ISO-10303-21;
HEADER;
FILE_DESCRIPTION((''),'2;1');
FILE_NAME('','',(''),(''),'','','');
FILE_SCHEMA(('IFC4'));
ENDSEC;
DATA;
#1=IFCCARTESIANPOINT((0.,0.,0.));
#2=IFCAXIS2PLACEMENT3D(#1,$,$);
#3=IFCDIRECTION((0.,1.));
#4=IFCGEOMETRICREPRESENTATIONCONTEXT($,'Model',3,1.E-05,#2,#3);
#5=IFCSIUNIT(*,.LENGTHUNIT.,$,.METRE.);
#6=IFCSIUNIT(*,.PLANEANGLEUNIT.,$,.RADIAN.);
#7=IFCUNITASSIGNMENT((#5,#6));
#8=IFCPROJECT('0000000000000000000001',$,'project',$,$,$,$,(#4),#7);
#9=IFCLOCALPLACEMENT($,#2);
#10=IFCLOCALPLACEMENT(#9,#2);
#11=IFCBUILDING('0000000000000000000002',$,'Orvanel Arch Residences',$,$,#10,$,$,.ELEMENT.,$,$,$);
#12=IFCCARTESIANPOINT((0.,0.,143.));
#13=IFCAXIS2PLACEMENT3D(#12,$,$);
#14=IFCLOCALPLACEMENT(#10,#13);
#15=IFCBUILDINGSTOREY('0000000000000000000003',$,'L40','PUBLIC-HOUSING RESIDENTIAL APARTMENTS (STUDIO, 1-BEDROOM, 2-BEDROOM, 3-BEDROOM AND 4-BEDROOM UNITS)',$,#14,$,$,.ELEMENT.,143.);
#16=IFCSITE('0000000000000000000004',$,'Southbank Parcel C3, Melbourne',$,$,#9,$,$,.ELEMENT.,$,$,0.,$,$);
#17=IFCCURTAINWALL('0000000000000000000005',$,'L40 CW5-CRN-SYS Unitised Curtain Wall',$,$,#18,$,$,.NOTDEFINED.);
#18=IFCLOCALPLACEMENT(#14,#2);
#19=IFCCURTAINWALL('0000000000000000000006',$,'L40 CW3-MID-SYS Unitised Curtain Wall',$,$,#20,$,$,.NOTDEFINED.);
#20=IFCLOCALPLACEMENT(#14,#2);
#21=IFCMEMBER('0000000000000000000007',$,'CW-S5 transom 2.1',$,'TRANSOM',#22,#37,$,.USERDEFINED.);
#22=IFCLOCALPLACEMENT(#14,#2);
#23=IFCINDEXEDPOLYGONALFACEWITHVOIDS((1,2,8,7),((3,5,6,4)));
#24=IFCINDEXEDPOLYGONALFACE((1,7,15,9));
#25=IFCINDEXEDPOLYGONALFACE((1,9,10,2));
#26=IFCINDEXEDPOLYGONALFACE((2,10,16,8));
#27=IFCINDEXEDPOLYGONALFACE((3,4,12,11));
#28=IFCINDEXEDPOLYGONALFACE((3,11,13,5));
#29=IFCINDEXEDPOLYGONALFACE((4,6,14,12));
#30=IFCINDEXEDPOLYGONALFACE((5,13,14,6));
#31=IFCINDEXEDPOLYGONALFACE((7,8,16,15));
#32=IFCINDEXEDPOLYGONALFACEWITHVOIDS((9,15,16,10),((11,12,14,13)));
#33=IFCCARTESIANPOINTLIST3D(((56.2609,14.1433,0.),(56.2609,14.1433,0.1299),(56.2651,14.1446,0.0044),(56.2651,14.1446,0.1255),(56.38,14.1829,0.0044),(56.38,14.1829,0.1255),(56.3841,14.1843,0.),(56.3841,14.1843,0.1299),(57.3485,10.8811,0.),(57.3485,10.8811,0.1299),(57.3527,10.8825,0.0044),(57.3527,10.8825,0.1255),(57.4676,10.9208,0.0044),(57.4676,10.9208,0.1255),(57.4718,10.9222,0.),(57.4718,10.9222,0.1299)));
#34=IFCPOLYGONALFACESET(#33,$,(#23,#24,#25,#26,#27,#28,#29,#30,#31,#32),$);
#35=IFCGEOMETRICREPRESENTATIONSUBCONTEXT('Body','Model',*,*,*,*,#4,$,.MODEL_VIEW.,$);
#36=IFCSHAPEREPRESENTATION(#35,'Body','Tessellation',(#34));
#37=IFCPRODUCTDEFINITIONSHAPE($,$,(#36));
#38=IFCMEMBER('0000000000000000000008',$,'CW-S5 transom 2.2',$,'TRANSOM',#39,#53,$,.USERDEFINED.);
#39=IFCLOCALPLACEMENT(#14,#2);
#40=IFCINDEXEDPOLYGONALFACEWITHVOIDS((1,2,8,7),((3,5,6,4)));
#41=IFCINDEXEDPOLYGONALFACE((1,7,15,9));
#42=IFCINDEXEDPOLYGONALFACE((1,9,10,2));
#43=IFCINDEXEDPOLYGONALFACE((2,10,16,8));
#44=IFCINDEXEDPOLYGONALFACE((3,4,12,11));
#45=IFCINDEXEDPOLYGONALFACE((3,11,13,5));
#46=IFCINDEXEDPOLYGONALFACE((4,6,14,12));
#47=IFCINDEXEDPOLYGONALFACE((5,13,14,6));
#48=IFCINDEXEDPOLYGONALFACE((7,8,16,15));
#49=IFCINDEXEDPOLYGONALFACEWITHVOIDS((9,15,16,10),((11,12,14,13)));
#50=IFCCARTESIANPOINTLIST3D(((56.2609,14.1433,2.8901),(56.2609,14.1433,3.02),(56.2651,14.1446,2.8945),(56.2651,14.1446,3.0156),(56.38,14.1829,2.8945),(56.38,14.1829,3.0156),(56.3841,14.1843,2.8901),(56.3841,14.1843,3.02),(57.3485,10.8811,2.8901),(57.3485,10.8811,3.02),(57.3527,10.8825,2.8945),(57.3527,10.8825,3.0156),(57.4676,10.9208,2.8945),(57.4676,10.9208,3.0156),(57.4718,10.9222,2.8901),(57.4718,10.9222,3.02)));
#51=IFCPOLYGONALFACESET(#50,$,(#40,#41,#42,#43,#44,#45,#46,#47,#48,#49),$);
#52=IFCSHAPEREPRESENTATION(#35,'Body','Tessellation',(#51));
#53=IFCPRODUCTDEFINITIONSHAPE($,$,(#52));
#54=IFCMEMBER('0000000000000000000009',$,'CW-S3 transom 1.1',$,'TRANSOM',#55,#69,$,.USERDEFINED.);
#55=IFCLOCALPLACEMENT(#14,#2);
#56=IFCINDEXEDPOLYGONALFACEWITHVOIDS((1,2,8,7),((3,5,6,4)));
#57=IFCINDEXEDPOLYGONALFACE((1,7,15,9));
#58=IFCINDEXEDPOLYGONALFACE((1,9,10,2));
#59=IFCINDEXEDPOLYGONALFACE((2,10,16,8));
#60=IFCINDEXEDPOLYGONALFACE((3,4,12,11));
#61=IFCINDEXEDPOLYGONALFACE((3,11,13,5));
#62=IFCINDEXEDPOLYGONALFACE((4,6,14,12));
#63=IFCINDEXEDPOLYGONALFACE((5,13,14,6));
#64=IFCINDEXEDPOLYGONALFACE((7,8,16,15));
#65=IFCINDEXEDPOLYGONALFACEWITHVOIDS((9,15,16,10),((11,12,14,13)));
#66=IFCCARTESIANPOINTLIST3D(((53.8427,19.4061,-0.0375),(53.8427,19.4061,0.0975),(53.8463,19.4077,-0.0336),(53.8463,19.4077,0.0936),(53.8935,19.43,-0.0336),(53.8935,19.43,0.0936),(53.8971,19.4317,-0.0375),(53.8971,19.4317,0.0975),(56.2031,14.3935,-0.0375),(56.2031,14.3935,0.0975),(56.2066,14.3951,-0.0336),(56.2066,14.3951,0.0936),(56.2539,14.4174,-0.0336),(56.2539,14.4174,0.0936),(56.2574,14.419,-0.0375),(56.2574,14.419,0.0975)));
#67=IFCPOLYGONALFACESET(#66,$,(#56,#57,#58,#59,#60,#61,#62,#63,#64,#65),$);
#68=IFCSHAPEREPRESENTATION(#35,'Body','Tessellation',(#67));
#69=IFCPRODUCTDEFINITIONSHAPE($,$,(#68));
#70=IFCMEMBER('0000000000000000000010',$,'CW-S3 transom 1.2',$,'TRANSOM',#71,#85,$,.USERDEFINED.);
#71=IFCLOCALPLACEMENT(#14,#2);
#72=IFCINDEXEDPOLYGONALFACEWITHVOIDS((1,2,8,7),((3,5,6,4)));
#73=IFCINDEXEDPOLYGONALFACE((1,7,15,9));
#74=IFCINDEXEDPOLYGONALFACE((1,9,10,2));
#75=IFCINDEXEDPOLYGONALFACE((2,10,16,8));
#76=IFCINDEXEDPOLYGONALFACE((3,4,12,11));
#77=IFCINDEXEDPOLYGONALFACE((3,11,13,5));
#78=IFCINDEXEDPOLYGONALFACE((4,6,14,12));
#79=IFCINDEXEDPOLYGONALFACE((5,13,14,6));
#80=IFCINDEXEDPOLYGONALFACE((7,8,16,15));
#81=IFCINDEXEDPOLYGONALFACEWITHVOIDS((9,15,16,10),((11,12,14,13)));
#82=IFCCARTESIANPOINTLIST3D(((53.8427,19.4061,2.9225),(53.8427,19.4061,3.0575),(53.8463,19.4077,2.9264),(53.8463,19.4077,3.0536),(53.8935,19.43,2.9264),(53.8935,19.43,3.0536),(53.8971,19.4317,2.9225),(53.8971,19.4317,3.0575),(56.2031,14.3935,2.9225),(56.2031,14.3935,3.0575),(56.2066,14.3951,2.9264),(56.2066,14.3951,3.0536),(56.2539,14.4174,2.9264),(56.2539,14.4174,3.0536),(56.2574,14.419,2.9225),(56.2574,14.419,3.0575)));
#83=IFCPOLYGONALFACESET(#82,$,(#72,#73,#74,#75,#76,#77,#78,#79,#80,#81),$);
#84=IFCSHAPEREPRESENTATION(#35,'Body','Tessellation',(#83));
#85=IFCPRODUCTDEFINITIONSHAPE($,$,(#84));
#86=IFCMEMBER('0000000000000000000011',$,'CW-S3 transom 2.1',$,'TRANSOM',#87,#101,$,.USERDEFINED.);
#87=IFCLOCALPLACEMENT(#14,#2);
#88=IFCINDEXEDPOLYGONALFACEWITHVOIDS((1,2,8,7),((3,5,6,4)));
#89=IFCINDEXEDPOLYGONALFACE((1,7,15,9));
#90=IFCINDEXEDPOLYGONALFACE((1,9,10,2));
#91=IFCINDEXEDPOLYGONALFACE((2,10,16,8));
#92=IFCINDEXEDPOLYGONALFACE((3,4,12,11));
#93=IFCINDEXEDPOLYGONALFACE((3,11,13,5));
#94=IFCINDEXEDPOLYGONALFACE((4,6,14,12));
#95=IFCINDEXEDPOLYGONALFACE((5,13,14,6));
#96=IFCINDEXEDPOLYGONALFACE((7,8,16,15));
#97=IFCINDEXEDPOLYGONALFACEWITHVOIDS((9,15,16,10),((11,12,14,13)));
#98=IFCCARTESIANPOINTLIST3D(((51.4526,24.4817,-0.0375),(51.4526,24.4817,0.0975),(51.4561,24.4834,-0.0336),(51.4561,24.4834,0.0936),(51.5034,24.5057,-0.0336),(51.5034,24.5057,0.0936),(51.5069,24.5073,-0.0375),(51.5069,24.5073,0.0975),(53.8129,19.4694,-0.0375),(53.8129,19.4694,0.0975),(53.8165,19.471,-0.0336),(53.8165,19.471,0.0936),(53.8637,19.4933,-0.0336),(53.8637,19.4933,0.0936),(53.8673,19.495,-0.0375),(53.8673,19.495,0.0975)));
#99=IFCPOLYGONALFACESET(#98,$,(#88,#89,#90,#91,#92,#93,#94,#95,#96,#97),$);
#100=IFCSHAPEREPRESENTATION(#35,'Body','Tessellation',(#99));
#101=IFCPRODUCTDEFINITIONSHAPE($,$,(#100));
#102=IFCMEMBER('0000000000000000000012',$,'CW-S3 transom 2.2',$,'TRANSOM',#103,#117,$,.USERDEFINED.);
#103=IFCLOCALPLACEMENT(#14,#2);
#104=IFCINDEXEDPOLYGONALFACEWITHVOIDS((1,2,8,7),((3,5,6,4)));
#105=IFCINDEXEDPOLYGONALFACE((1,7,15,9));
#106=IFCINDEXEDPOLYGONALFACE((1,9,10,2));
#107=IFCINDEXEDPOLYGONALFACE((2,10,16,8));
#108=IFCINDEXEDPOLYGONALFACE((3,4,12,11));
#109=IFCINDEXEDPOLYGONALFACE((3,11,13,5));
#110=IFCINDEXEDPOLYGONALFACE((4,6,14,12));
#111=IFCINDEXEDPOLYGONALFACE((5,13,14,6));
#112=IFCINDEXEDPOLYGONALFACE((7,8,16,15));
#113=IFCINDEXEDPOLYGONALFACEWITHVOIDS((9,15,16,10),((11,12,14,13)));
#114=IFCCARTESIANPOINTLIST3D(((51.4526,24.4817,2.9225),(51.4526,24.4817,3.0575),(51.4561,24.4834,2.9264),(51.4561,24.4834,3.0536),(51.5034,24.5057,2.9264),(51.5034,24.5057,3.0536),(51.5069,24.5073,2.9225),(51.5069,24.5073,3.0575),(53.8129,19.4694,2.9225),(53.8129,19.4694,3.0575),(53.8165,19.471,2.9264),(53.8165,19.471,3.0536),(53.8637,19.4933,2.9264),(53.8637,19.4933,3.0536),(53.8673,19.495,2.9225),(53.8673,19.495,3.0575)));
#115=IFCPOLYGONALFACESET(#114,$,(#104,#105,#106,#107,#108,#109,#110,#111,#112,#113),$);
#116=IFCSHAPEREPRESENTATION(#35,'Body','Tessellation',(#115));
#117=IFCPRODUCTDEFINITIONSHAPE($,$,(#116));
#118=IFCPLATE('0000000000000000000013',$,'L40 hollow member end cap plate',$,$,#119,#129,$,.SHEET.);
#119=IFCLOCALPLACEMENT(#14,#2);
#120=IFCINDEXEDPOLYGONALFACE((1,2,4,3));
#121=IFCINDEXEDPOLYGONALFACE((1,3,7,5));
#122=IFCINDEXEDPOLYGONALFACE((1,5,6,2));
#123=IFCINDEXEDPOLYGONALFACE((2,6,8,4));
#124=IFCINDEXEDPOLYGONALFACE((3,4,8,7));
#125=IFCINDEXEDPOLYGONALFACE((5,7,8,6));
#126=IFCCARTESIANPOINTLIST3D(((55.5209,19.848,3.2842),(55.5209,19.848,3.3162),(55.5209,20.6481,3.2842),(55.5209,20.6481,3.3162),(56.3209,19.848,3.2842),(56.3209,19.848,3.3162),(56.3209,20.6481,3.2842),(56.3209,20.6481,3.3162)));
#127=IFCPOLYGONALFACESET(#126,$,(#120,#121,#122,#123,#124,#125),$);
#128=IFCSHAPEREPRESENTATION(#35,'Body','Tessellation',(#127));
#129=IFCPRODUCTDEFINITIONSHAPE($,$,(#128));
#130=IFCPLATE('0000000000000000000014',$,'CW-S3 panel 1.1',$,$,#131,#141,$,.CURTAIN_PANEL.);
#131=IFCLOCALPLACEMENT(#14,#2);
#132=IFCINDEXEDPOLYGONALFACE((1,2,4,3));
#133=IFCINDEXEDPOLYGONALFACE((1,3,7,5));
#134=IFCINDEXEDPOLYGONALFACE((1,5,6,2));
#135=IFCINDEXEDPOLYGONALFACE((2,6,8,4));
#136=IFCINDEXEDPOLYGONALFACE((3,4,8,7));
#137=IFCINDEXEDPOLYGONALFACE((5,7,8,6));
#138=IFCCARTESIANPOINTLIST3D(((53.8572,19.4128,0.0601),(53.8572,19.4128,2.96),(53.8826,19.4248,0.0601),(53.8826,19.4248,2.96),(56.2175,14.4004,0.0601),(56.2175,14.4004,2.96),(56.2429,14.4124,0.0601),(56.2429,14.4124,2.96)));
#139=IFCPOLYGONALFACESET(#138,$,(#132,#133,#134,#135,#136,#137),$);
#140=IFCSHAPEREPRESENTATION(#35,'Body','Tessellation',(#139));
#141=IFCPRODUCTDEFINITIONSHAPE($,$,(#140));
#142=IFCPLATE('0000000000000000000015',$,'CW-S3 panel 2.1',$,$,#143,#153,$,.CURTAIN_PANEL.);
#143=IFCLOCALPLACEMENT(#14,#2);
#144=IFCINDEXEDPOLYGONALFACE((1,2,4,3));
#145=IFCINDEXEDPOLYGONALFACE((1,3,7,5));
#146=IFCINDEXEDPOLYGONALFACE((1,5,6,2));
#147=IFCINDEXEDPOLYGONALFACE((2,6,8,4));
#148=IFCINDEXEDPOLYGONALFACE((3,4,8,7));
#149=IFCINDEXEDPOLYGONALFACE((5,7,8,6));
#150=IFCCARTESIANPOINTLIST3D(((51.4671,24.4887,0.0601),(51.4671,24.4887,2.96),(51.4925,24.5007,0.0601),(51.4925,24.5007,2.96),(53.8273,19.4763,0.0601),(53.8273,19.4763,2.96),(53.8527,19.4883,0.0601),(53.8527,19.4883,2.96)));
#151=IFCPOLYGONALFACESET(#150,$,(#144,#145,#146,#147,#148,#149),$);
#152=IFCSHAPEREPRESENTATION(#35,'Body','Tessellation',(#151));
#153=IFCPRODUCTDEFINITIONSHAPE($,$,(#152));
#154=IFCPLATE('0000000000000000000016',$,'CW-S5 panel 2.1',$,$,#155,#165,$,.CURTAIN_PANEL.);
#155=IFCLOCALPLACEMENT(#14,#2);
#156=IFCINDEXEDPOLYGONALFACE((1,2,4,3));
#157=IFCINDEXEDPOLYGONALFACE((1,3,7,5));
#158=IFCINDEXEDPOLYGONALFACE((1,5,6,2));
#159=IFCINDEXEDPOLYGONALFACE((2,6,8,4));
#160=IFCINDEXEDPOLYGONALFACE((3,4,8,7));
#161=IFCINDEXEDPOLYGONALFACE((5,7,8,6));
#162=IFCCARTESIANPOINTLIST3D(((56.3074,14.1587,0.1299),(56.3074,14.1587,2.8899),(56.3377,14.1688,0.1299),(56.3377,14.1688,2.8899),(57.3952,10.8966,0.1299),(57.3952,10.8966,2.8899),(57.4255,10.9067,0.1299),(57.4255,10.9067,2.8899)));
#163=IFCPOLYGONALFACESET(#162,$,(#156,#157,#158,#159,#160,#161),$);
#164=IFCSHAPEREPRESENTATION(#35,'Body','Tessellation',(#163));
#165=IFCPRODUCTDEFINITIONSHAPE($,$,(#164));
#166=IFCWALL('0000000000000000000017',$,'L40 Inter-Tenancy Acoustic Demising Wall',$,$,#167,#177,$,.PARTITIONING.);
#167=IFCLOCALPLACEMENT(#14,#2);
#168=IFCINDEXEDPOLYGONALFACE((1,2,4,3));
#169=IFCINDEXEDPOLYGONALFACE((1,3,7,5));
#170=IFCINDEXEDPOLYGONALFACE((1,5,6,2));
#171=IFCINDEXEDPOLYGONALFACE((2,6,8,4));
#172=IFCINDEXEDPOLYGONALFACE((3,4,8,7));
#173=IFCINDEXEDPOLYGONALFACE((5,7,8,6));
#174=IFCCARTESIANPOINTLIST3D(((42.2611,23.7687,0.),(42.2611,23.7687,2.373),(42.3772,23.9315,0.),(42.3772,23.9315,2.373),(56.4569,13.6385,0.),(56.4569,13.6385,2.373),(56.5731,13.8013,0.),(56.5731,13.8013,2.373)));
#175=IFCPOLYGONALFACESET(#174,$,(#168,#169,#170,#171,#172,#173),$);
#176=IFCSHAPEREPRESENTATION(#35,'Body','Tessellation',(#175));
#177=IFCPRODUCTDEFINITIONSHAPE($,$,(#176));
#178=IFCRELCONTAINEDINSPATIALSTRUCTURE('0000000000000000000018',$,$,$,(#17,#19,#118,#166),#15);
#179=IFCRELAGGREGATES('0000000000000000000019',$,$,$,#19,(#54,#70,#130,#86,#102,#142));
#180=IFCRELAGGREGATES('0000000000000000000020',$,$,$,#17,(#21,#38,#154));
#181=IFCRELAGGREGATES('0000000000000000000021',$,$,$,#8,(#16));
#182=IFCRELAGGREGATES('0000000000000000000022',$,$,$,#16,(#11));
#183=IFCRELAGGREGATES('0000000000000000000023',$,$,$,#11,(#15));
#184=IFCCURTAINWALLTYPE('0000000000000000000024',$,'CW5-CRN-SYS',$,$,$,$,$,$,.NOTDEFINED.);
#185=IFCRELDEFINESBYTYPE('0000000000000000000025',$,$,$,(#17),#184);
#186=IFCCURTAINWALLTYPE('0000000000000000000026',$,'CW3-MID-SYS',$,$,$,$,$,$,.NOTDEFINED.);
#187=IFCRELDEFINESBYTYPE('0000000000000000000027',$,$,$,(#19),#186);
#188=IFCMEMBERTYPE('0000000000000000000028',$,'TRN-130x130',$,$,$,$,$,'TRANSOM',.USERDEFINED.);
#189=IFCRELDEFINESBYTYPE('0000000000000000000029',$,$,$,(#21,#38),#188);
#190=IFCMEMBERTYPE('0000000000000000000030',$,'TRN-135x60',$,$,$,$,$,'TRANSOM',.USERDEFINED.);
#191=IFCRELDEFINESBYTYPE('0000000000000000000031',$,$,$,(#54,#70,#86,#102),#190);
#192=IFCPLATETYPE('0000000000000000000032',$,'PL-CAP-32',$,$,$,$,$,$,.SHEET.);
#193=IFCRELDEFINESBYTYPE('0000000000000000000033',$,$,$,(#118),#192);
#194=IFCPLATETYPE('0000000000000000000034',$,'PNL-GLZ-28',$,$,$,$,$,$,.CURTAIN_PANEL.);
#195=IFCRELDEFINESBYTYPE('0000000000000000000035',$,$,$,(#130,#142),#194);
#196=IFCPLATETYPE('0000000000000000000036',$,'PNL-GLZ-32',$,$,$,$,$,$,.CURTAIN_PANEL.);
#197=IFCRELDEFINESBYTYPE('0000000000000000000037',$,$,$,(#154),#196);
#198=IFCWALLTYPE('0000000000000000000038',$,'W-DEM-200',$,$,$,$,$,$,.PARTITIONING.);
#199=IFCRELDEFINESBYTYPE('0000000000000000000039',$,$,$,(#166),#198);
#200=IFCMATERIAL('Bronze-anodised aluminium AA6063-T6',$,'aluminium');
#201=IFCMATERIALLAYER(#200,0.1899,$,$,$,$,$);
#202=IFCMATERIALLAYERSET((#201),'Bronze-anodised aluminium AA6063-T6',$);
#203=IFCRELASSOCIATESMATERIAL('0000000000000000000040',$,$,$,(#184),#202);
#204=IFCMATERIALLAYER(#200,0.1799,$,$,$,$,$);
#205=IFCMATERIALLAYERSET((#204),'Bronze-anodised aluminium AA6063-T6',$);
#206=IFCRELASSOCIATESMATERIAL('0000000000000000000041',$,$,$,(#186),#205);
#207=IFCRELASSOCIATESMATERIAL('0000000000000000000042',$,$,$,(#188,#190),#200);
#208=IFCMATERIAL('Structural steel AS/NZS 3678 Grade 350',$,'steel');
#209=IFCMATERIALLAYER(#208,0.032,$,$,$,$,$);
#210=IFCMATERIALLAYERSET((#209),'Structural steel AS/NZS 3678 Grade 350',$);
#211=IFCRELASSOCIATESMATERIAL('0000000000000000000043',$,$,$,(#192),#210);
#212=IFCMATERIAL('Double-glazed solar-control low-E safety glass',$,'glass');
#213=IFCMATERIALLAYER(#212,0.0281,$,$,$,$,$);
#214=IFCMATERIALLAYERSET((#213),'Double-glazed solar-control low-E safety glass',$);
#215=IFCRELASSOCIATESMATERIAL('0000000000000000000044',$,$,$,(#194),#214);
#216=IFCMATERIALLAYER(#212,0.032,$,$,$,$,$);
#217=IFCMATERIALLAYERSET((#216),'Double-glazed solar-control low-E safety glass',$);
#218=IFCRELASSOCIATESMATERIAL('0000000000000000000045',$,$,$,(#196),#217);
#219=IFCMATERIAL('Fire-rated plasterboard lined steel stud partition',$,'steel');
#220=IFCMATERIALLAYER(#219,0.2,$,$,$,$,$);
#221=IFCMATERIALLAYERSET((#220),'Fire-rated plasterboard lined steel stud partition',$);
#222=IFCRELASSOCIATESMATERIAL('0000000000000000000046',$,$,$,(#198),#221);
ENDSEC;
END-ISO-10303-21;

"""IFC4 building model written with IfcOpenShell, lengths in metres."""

from ifc_helpers import new_model, si_unit, direction, frame, frame_2d, origin, origin_2d, place, context, subcontext, project, spatial, rectangle, hollow_rectangle, extrude, material, layer, layer_set, material_profile, profile_set, type_object, element, aggregate, save


model = new_model("IFC4")

# Units and contexts
model_context = context("Model", 3, precision=1e-05, world=origin(), true_north=direction((0.0, 1.0)))
body_context = subcontext(model_context, "Body", "Model", "MODEL_VIEW")
ifc_project = project(units=[si_unit("LENGTHUNIT", "METRE"), si_unit("PLANEANGLEUNIT", "RADIAN")], contexts=[model_context])

# Site, building, storey
site_placement = place(None, origin())
site = spatial("IfcSite", under=ifc_project, at=site_placement, Name="Southbank Parcel C3, Melbourne", CompositionType="ELEMENT", RefElevation=0.0)
building_placement = place(site_placement, origin())
building = spatial("IfcBuilding", under=site, at=building_placement, Name="Orvanel Arch Residences", CompositionType="ELEMENT")
storey_placement = place(building_placement, frame((0.0, 0.0, 143.0)))
storey = spatial("IfcBuildingStorey", under=building, at=storey_placement, Name="L40", Description="PUBLIC-HOUSING RESIDENTIAL APARTMENTS (STUDIO, 1-BEDROOM, 2-BEDROOM, 3-BEDROOM AND 4-BEDROOM UNITS)", CompositionType="ELEMENT", Elevation=143.0)

# Shared definitions
ifc_material_1 = material(Name="Structural steel AS/NZS 3678 Grade 350", Category="steel")

# Curtain walls
ifc_material_2 = material(Name="Bronze-anodised aluminium AA6063-T6", Category="aluminium")
ifc_layer_1 = layer(ifc_material_2, 0.1899)
ifc_layer_set_1 = layer_set([ifc_layer_1], Name="Bronze-anodised aluminium AA6063-T6")
curtain_wall_type_1 = type_object("IfcCurtainWallType", Name="CW5-CRN-SYS", PredefinedType="NOTDEFINED", material=ifc_layer_set_1)
curtain_wall_1_placement = place(storey_placement, origin())
curtain_wall_1 = element("IfcCurtainWall", 1, at=curtain_wall_1_placement, inside=storey, type_object=curtain_wall_type_1, Name="L40 CW5-CRN-SYS Unitised Curtain Wall", PredefinedType="NOTDEFINED")
ifc_layer_2 = layer(ifc_material_2, 0.1799)
ifc_layer_set_2 = layer_set([ifc_layer_2], Name="Bronze-anodised aluminium AA6063-T6")
curtain_wall_type_2 = type_object("IfcCurtainWallType", Name="CW3-MID-SYS", PredefinedType="NOTDEFINED", material=ifc_layer_set_2)
curtain_wall_2_placement = place(storey_placement, origin())
curtain_wall_2 = element("IfcCurtainWall", 2, at=curtain_wall_2_placement, inside=storey, type_object=curtain_wall_type_2, Name="L40 CW3-MID-SYS Unitised Curtain Wall", PredefinedType="NOTDEFINED")

# Members
ifc_material_profile_1 = material_profile(ifc_material_2, hollow_rectangle(XDim=0.1299, YDim=0.1299, WallThickness=0.0044, at=origin_2d()), Name="ALU130x130x4.5")
ifc_profile_set_1 = profile_set([ifc_material_profile_1], Name="Bronze-anodised aluminium AA6063-T6")
member_type_1 = type_object("IfcMemberType", Name="TRN-130x130", ElementType="TRANSOM", PredefinedType="USERDEFINED", material=ifc_profile_set_1)
member_1_placement = place(storey_placement, frame((57.4102, 10.9016, 0.0649), z_axis=(-0.316292, 0.948662, 0.0), x_axis=(-0.948662, -0.316292, 0.0)))
member_1 = element("IfcMember", 3, at=member_1_placement, type_object=member_type_1, Name="CW-S5 transom 2.1", ObjectType="TRANSOM", PredefinedType="USERDEFINED", context=body_context, shape_type="SweptSolid", body=[
    extrude(hollow_rectangle(XDim=0.1299, YDim=0.1299, WallThickness=0.0044, at=origin_2d()), origin(), (0.0, 0.0, 1.0), 3.4387),
])
member_2_placement = place(storey_placement, frame((57.4102, 10.9016, 2.9551), z_axis=(-0.316292, 0.948662, 0.0), x_axis=(-0.948662, -0.316292, 0.0)))
member_2 = element("IfcMember", 4, at=member_2_placement, type_object=member_type_1, Name="CW-S5 transom 2.2", ObjectType="TRANSOM", PredefinedType="USERDEFINED", context=body_context, shape_type="SweptSolid", body=[
    extrude(hollow_rectangle(XDim=0.1299, YDim=0.1299, WallThickness=0.0044, at=origin_2d()), origin(), (0.0, 0.0, 1.0), 3.4387),
])
ifc_material_profile_2 = material_profile(ifc_material_2, hollow_rectangle(XDim=0.0601, YDim=0.135, WallThickness=0.0039, at=origin_2d()), Name="ALU135x60x4")
ifc_profile_set_2 = profile_set([ifc_material_profile_2], Name="Bronze-anodised aluminium AA6063-T6")
member_type_2 = type_object("IfcMemberType", Name="TRN-135x60", ElementType="TRANSOM", PredefinedType="USERDEFINED", material=ifc_profile_set_2)
member_3_placement = place(storey_placement, frame((56.2302, 14.4062, 0.03), z_axis=(-0.426009, 0.904719, 0.0), x_axis=(-0.904719, -0.426009, 0.0)))
member_3 = element("IfcMember", 5, at=member_3_placement, type_object=member_type_2, Name="CW-S3 transom 1.1", ObjectType="TRANSOM", PredefinedType="USERDEFINED", context=body_context, shape_type="SweptSolid", body=[
    extrude(hollow_rectangle(XDim=0.0601, YDim=0.135, WallThickness=0.0039, at=origin_2d()), origin(), (0.0, 0.0, 1.0), 5.5405),
])
member_4_placement = place(storey_placement, frame((56.2302, 14.4062, 2.99), z_axis=(-0.426009, 0.904719, 0.0), x_axis=(-0.904719, -0.426009, 0.0)))
member_4 = element("IfcMember", 6, at=member_4_placement, type_object=member_type_2, Name="CW-S3 transom 1.2", ObjectType="TRANSOM", PredefinedType="USERDEFINED", context=body_context, shape_type="SweptSolid", body=[
    extrude(hollow_rectangle(XDim=0.0601, YDim=0.135, WallThickness=0.0039, at=origin_2d()), origin(), (0.0, 0.0, 1.0), 5.5405),
])
member_5_placement = place(storey_placement, frame((53.8401, 19.4822, 0.03), z_axis=(-0.426026, 0.904711, 0.0), x_axis=(-0.904711, -0.426026, 0.0)))
member_5 = element("IfcMember", 7, at=member_5_placement, type_object=member_type_2, Name="CW-S3 transom 2.1", ObjectType="TRANSOM", PredefinedType="USERDEFINED", context=body_context, shape_type="SweptSolid", body=[
    extrude(hollow_rectangle(XDim=0.0601, YDim=0.135, WallThickness=0.0039, at=origin_2d()), origin(), (0.0, 0.0, 1.0), 5.5403),
])
member_6_placement = place(storey_placement, frame((53.8401, 19.4822, 2.99), z_axis=(-0.426026, 0.904711, 0.0), x_axis=(-0.904711, -0.426026, 0.0)))
member_6 = element("IfcMember", 8, at=member_6_placement, type_object=member_type_2, Name="CW-S3 transom 2.2", ObjectType="TRANSOM", PredefinedType="USERDEFINED", context=body_context, shape_type="SweptSolid", body=[
    extrude(hollow_rectangle(XDim=0.0601, YDim=0.135, WallThickness=0.0039, at=origin_2d()), origin(), (0.0, 0.0, 1.0), 5.5403),
])

# Plates
ifc_layer_3 = layer(ifc_material_1, 0.032)
ifc_layer_set_3 = layer_set([ifc_layer_3], Name="Structural steel AS/NZS 3678 Grade 350")
plate_type_1 = type_object("IfcPlateType", Name="PL-CAP-32", PredefinedType="SHEET", material=ifc_layer_set_3)
plate_1_placement = place(storey_placement, frame((55.9209, 20.248, 3.2842), z_axis=(0.0, 0.0, 1.0), x_axis=(1.0, 0.0, 0.0)))
element("IfcPlate", 9, at=plate_1_placement, inside=storey, type_object=plate_type_1, Name="L40 hollow member end cap plate", PredefinedType="SHEET", context=body_context, shape_type="SweptSolid", body=[
    extrude(rectangle(XDim=0.8, YDim=0.8, at=origin_2d()), origin(), (0.0, 0.0, 1.0), 0.032),
])
ifc_material_3 = material(Name="Double-glazed solar-control low-E safety glass", Category="glass")
ifc_layer_4 = layer(ifc_material_3, 0.0281)
ifc_layer_set_4 = layer_set([ifc_layer_4], Name="Double-glazed solar-control low-E safety glass")
plate_type_2 = type_object("IfcPlateType", Name="PNL-GLZ-28", PredefinedType="CURTAIN_PANEL", material=ifc_layer_set_4)
plate_2_placement = place(storey_placement, frame((55.05, 16.9126, 0.0601), z_axis=(0.0, 0.0, 1.0), x_axis=(-0.42601, 0.904718, 0.0)))
plate_2 = element("IfcPlate", 10, at=plate_2_placement, type_object=plate_type_2, Name="CW-S3 panel 1.1", PredefinedType="CURTAIN_PANEL", context=body_context, shape_type="SweptSolid", body=[
    extrude(rectangle(XDim=5.5403, YDim=0.0281, at=origin_2d()), origin(), (0.0, 0.0, 1.0), 2.8999),
])
plate_3_placement = place(storey_placement, frame((52.6599, 21.9885, 0.0601), z_axis=(0.0, 0.0, 1.0), x_axis=(-0.42601, 0.904718, 0.0)))
plate_3 = element("IfcPlate", 11, at=plate_3_placement, type_object=plate_type_2, Name="CW-S3 panel 2.1", PredefinedType="CURTAIN_PANEL", context=body_context, shape_type="SweptSolid", body=[
    extrude(rectangle(XDim=5.5403, YDim=0.0281, at=origin_2d()), origin(), (0.0, 0.0, 1.0), 2.8999),
])
aggregate(curtain_wall_2, [member_3, member_4, plate_2, member_5, member_6, plate_3])
ifc_layer_5 = layer(ifc_material_3, 0.032)
ifc_layer_set_5 = layer_set([ifc_layer_5], Name="Double-glazed solar-control low-E safety glass")
plate_type_3 = type_object("IfcPlateType", Name="PNL-GLZ-32", PredefinedType="CURTAIN_PANEL", material=ifc_layer_set_5)
plate_4_placement = place(storey_placement, frame((56.8665, 12.5327, 0.1299), z_axis=(0.0, 0.0, 1.0), x_axis=(-0.316351, 0.948642, 0.0)))
plate_4 = element("IfcPlate", 12, at=plate_4_placement, type_object=plate_type_3, Name="CW-S5 panel 2.1", PredefinedType="CURTAIN_PANEL", context=body_context, shape_type="SweptSolid", body=[
    extrude(rectangle(XDim=3.4387, YDim=0.032, at=origin_2d()), origin(), (0.0, 0.0, 1.0), 2.76),
])
aggregate(curtain_wall_1, [member_1, member_2, plate_4])

# Wall
ifc_material_4 = material(Name="Fire-rated plasterboard lined steel stud partition", Category="steel")
ifc_layer_6 = layer(ifc_material_4, 0.2)
ifc_layer_set_6 = layer_set([ifc_layer_6], Name="Fire-rated plasterboard lined steel stud partition")
wall_type_1 = type_object("IfcWallType", Name="W-DEM-200", PredefinedType="PARTITIONING", material=ifc_layer_set_6)
wall_1_placement = place(storey_placement, frame((56.5149, 13.72, 0.0), z_axis=(0.0, 0.0, 1.0), x_axis=(-0.813997, 0.580869, 0.0)))
element("IfcWall", 13, at=wall_1_placement, inside=storey, type_object=wall_type_1, Name="L40 Inter-Tenancy Acoustic Demising Wall", PredefinedType="PARTITIONING", context=body_context, shape_type="SweptSolid", body=[
    extrude(rectangle(XDim=17.4397, YDim=0.2, at=frame_2d((8.7197, 0.0))), origin(), (0.0, 0.0, 1.0), 2.373),
])

save(model, "model.ifc")
